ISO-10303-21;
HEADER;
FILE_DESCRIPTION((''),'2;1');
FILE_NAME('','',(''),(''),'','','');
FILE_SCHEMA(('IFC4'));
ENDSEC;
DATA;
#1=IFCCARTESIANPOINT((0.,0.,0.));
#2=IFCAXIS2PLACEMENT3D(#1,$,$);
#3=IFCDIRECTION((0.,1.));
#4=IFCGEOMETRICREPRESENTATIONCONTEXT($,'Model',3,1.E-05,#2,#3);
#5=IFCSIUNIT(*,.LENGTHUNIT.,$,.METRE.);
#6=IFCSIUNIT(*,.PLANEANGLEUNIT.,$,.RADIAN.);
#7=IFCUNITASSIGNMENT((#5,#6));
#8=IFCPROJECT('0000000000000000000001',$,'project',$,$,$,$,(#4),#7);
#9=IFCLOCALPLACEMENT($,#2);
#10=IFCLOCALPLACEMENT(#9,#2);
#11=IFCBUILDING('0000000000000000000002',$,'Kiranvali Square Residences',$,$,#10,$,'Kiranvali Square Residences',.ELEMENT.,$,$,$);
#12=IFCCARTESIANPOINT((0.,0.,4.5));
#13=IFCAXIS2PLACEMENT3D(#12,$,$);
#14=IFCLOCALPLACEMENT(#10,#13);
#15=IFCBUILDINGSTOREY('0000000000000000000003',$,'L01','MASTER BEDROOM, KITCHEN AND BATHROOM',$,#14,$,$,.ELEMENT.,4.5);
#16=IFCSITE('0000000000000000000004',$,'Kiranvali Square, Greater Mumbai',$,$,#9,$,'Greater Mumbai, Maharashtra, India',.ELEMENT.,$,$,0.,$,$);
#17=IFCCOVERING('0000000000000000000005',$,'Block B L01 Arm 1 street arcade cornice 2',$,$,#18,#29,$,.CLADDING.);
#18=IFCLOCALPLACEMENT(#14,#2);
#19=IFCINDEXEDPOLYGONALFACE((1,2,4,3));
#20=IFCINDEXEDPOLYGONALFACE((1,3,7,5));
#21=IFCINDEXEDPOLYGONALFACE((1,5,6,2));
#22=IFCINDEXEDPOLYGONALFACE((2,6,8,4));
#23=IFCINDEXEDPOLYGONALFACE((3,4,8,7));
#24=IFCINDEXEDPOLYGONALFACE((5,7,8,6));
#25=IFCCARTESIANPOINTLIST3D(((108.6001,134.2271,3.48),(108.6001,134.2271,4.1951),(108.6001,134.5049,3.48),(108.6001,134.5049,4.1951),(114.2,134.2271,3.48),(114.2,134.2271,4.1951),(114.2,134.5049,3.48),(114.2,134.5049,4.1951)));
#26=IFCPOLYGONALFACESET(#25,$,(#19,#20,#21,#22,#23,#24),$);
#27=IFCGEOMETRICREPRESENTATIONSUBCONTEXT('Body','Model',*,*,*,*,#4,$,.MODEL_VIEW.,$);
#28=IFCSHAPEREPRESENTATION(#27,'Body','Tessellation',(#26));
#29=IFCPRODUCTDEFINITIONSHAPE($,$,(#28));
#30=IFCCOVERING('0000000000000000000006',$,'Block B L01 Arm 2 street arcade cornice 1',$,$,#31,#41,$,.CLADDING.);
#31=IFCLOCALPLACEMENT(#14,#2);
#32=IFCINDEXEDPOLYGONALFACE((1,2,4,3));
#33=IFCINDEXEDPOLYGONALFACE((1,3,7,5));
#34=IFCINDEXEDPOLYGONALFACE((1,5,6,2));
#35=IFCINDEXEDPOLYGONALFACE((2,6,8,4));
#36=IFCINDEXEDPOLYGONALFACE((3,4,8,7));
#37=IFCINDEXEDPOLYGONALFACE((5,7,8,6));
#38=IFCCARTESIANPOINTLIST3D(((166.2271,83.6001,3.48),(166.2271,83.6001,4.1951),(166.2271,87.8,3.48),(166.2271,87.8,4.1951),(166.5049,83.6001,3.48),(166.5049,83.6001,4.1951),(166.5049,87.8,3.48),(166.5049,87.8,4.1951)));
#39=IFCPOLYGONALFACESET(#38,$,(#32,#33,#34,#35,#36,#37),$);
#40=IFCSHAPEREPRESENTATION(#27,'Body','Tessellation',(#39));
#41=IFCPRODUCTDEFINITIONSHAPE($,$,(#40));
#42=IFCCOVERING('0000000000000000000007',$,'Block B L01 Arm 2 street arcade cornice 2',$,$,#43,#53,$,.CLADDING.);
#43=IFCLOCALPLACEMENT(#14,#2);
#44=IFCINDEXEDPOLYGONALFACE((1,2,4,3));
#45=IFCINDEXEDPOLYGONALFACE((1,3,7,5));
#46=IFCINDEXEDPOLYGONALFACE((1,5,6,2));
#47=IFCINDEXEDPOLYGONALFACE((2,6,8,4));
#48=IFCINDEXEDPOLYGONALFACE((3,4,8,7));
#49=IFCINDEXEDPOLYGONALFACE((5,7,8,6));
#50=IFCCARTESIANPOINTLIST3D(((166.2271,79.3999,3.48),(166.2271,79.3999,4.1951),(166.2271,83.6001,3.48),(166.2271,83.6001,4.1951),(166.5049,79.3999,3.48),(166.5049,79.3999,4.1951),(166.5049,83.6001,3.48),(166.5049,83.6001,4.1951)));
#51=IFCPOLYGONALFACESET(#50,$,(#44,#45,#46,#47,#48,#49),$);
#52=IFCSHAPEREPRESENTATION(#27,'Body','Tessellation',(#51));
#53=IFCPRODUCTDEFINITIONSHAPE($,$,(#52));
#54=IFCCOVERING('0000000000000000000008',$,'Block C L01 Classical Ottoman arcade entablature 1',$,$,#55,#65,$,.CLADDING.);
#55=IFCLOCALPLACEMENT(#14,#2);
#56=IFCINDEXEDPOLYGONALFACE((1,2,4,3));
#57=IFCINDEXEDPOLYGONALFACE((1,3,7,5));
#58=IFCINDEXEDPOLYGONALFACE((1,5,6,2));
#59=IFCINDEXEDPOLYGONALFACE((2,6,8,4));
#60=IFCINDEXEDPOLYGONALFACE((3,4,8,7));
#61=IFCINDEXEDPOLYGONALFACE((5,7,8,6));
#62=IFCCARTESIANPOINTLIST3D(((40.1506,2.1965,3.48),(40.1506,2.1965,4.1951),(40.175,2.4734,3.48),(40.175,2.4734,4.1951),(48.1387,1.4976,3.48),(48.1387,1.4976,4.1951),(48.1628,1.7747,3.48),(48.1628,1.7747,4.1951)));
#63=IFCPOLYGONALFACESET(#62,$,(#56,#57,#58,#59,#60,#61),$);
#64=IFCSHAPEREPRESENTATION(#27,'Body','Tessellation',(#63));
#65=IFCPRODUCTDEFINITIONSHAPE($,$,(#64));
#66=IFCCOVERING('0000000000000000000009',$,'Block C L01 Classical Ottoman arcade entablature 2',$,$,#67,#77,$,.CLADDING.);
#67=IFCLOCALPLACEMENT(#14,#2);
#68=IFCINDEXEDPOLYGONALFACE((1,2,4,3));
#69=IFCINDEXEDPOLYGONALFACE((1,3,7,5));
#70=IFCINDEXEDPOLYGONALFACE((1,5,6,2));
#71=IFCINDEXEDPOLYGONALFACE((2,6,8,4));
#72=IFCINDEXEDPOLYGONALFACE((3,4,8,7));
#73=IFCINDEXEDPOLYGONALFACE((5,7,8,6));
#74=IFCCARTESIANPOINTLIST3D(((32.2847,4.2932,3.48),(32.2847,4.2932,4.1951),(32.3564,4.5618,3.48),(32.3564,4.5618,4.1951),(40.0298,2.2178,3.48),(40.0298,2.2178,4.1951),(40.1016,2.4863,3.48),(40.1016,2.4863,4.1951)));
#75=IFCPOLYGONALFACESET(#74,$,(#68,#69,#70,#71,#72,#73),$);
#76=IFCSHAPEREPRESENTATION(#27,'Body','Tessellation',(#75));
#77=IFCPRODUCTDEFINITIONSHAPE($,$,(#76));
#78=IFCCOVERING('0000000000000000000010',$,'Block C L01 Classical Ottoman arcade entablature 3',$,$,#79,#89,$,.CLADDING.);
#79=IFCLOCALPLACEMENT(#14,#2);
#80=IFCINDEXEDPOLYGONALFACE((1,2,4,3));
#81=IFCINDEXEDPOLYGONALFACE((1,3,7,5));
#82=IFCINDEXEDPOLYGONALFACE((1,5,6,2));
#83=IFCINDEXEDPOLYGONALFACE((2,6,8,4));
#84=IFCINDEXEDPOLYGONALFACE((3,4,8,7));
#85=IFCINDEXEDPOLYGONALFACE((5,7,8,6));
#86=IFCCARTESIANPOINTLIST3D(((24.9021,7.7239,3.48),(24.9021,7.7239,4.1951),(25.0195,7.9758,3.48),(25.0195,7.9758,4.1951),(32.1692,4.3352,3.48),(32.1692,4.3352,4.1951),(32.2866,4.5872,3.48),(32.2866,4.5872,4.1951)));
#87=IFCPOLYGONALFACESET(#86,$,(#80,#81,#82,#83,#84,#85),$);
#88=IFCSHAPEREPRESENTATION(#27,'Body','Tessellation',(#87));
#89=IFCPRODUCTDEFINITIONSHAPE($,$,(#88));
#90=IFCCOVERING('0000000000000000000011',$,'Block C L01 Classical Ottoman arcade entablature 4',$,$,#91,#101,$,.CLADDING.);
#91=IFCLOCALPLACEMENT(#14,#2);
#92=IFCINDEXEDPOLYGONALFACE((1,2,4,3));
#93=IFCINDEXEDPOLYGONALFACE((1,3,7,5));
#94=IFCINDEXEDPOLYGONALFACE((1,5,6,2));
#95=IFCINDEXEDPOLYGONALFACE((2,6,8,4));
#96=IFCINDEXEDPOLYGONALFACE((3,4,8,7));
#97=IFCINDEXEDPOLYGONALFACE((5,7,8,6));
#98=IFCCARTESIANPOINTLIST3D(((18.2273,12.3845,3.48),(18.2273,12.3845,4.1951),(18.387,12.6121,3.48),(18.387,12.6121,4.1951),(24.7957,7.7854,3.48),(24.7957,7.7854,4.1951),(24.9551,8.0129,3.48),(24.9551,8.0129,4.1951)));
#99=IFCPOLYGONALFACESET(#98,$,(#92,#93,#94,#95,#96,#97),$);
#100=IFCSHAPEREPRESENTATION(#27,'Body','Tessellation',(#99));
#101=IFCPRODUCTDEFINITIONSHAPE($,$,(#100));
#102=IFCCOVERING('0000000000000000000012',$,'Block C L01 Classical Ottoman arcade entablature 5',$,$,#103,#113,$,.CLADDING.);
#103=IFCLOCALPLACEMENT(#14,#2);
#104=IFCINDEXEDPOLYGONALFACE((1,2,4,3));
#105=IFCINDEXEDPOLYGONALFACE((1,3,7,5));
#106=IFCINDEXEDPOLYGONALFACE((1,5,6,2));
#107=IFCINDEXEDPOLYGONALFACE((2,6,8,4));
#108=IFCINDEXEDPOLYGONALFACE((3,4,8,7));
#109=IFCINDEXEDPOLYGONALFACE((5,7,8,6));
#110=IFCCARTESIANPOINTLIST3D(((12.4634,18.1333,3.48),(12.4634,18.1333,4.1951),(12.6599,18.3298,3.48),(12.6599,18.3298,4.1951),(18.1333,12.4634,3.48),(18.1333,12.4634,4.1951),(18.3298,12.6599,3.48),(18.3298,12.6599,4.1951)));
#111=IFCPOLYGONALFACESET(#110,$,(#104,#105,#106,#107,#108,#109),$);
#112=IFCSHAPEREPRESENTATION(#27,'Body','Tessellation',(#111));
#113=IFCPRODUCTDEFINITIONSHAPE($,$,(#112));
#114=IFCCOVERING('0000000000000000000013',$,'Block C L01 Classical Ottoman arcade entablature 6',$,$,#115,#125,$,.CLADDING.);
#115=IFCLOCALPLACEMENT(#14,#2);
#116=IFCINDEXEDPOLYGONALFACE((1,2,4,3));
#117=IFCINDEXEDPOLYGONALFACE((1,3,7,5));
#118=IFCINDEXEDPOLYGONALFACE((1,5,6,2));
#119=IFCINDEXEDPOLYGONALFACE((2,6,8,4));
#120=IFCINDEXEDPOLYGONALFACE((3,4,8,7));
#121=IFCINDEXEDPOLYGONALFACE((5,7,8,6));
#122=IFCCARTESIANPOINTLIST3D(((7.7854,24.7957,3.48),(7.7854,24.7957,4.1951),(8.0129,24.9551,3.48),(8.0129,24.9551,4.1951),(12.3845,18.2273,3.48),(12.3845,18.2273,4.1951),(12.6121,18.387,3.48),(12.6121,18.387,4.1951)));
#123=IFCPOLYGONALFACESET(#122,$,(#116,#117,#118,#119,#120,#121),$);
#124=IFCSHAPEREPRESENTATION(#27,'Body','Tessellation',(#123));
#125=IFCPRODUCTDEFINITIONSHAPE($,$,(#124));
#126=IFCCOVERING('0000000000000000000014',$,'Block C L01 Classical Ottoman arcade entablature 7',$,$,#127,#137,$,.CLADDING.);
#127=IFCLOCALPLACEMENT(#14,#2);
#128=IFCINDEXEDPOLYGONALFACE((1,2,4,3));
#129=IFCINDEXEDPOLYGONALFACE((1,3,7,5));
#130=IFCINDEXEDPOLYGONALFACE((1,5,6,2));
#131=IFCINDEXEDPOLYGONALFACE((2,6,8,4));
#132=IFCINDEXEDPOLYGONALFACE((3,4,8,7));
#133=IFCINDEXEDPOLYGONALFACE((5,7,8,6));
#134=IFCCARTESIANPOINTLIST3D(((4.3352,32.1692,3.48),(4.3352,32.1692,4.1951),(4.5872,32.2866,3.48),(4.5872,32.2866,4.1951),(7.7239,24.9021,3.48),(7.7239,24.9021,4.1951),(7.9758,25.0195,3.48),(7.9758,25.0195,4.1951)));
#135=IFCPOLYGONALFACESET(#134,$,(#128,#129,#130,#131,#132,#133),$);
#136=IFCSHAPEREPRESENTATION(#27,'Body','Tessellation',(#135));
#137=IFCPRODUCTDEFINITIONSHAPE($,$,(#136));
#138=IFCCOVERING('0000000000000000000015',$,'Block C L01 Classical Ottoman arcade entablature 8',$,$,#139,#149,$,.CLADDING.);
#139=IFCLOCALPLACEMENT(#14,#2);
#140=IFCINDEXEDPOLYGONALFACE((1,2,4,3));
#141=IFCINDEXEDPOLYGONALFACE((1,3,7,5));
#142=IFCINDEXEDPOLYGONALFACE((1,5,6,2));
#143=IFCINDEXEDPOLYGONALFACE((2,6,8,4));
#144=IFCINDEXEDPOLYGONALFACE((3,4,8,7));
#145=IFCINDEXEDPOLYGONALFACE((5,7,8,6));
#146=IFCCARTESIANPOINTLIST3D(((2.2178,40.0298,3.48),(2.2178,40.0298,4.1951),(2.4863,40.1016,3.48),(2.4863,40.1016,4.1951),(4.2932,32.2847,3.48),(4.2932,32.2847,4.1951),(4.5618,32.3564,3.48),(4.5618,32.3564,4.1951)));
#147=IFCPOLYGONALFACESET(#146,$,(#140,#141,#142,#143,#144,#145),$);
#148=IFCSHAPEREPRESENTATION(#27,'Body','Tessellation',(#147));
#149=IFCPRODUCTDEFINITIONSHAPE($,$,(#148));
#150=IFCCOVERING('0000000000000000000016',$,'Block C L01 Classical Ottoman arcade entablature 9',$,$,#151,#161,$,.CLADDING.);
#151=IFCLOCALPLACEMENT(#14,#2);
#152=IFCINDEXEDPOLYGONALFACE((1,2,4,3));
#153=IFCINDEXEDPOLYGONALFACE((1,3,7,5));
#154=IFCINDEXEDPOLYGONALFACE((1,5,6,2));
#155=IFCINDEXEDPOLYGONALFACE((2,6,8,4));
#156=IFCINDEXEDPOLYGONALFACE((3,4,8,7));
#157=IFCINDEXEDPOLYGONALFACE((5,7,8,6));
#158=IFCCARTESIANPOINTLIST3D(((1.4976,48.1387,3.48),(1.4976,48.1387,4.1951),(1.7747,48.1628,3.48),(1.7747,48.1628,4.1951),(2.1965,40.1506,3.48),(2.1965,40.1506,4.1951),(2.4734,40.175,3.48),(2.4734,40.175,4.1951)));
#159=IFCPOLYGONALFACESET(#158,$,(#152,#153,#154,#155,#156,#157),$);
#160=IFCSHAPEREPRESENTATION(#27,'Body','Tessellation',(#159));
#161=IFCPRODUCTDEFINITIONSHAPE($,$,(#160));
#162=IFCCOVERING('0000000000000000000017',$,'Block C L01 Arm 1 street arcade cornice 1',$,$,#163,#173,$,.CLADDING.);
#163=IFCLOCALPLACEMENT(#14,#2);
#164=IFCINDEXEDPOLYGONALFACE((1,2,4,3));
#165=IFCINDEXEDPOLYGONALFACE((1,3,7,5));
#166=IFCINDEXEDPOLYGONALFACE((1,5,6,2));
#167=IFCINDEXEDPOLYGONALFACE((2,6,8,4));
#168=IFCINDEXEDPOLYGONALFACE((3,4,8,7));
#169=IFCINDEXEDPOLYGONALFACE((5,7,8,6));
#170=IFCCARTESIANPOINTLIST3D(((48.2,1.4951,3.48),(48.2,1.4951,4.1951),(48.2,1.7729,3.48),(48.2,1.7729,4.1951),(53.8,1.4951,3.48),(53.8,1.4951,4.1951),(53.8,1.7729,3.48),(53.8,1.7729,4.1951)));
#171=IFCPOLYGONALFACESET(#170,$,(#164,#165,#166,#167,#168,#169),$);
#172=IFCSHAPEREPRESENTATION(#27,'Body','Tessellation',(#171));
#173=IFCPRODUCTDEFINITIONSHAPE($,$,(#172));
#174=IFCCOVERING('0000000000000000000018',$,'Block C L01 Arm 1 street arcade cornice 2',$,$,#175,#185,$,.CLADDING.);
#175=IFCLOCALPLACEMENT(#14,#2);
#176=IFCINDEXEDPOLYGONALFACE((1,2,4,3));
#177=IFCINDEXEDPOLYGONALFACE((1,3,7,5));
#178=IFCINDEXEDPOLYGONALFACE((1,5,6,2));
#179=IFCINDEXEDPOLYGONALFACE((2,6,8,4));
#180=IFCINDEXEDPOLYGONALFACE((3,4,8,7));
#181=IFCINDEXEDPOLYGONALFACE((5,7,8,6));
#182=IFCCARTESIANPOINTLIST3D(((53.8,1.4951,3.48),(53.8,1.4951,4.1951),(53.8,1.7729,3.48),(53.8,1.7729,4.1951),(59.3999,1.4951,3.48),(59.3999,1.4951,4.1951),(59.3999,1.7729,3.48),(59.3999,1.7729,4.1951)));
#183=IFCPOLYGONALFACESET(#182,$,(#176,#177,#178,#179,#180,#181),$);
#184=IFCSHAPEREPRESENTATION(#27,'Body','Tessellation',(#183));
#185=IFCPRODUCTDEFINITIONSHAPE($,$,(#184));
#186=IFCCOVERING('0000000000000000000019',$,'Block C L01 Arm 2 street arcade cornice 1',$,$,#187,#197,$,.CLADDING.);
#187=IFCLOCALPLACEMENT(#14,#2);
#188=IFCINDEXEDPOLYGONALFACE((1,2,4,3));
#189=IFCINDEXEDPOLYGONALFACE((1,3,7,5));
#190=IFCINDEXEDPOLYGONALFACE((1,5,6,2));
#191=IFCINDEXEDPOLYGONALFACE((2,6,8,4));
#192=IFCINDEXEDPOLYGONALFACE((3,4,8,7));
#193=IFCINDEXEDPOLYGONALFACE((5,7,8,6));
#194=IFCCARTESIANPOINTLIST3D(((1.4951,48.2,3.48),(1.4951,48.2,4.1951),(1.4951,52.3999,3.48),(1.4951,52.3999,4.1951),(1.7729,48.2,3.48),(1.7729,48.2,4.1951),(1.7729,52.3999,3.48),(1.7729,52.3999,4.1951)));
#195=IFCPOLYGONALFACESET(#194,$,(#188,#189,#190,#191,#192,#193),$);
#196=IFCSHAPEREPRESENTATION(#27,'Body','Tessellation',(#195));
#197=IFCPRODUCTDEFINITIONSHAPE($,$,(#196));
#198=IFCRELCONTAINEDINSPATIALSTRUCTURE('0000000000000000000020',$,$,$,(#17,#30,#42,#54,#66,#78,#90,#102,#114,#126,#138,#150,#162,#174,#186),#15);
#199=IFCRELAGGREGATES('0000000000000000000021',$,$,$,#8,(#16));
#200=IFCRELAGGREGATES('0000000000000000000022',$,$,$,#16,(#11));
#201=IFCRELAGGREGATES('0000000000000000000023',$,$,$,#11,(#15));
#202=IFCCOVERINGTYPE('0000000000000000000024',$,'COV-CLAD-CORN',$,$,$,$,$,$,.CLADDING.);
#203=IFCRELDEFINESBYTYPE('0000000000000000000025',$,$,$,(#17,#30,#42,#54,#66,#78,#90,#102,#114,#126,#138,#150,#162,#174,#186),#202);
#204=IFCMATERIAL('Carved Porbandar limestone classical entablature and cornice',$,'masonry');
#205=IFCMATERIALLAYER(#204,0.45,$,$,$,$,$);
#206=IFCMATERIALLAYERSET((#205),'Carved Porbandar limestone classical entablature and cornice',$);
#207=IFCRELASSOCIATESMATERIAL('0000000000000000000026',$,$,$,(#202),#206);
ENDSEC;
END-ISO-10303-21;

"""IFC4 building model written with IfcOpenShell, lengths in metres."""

from ifc_helpers import new_model, si_unit, direction, frame, origin, place, context, subcontext, project, spatial, polyline, outline, extrude, material, layer, layer_set, type_object, element, save


model = new_model("IFC4")

# Units and contexts
model_context = context("Model", 3, precision=1e-05, world=origin(), true_north=direction((0.0, 1.0)))
body_context = subcontext(model_context, "Body", "Model", "MODEL_VIEW")
ifc_project = project(units=[si_unit("LENGTHUNIT", "METRE"), si_unit("PLANEANGLEUNIT", "RADIAN")], contexts=[model_context])

# Site, building, storey
site_placement = place(None, origin())
site = spatial("IfcSite", under=ifc_project, at=site_placement, Name="Kiranvali Square, Greater Mumbai", LongName="Greater Mumbai, Maharashtra, India", CompositionType="ELEMENT", RefElevation=0.0)
building_placement = place(site_placement, origin())
building = spatial("IfcBuilding", under=site, at=building_placement, Name="Kiranvali Square Residences", LongName="Kiranvali Square Residences", CompositionType="ELEMENT")
storey_placement = place(building_placement, frame((0.0, 0.0, 4.5)))
storey = spatial("IfcBuildingStorey", under=building, at=storey_placement, Name="L01", Description="MASTER BEDROOM, KITCHEN AND BATHROOM", CompositionType="ELEMENT", Elevation=4.5)

# Coverings
ifc_material = material(Name="Carved Porbandar limestone classical entablature and cornice", Category="masonry")
ifc_layer = layer(ifc_material, 0.45)
ifc_layer_set = layer_set([ifc_layer], Name="Carved Porbandar limestone classical entablature and cornice")
covering_type = type_object("IfcCoveringType", Name="COV-CLAD-CORN", PredefinedType="CLADDING", material=ifc_layer_set)
covering_1_placement = place(storey_placement, frame((0.0, 0.0, 3.48)))
element("IfcCovering", 1, at=covering_1_placement, inside=storey, type_object=covering_type, Name="Block B L01 Arm 1 street arcade cornice 2", PredefinedType="CLADDING", context=body_context, shape_type="SweptSolid", body=[
    extrude(outline(polyline([(114.2, 134.5049), (108.6001, 134.5049), (108.6001, 134.2271), (114.2, 134.2271), (114.2, 134.5049)])), origin(), (0.0, 0.0, 1.0), 0.7151),
])
covering_2_placement = place(storey_placement, frame((0.0, 0.0, 3.48)))
element("IfcCovering", 2, at=covering_2_placement, inside=storey, type_object=covering_type, Name="Block B L01 Arm 2 street arcade cornice 1", PredefinedType="CLADDING", context=body_context, shape_type="SweptSolid", body=[
    extrude(outline(polyline([(166.2271, 87.8), (166.2271, 83.6001), (166.5049, 83.6001), (166.5049, 87.8), (166.2271, 87.8)])), origin(), (0.0, 0.0, 1.0), 0.7151),
])
covering_3_placement = place(storey_placement, frame((0.0, 0.0, 3.48)))
element("IfcCovering", 3, at=covering_3_placement, inside=storey, type_object=covering_type, Name="Block B L01 Arm 2 street arcade cornice 2", PredefinedType="CLADDING", context=body_context, shape_type="SweptSolid", body=[
    extrude(outline(polyline([(166.2271, 83.6001), (166.2271, 79.3999), (166.5049, 79.3999), (166.5049, 83.6001), (166.2271, 83.6001)])), origin(), (0.0, 0.0, 1.0), 0.7151),
])
covering_4_placement = place(storey_placement, frame((0.0, 0.0, 3.48)))
element("IfcCovering", 4, at=covering_4_placement, inside=storey, type_object=covering_type, Name="Block C L01 Classical Ottoman arcade entablature 1", PredefinedType="CLADDING", context=body_context, shape_type="SweptSolid", body=[
    extrude(outline(polyline([(48.1628, 1.7747), (40.175, 2.4734), (40.1506, 2.1965), (48.1387, 1.4976), (48.1628, 1.7747)])), origin(), (0.0, 0.0, 1.0), 0.7151),
])
covering_5_placement = place(storey_placement, frame((0.0, 0.0, 3.48)))
element("IfcCovering", 5, at=covering_5_placement, inside=storey, type_object=covering_type, Name="Block C L01 Classical Ottoman arcade entablature 2", PredefinedType="CLADDING", context=body_context, shape_type="SweptSolid", body=[
    extrude(outline(polyline([(40.1016, 2.4863), (32.3564, 4.5618), (32.2847, 4.2932), (40.0298, 2.2178), (40.1016, 2.4863)])), origin(), (0.0, 0.0, 1.0), 0.7151),
])
covering_6_placement = place(storey_placement, frame((0.0, 0.0, 3.48)))
element("IfcCovering", 6, at=covering_6_placement, inside=storey, type_object=covering_type, Name="Block C L01 Classical Ottoman arcade entablature 3", PredefinedType="CLADDING", context=body_context, shape_type="SweptSolid", body=[
    extrude(outline(polyline([(32.2866, 4.5872), (25.0195, 7.9758), (24.9021, 7.7239), (32.1692, 4.3352), (32.2866, 4.5872)])), origin(), (0.0, 0.0, 1.0), 0.7151),
])
covering_7_placement = place(storey_placement, frame((0.0, 0.0, 3.48)))
element("IfcCovering", 7, at=covering_7_placement, inside=storey, type_object=covering_type, Name="Block C L01 Classical Ottoman arcade entablature 4", PredefinedType="CLADDING", context=body_context, shape_type="SweptSolid", body=[
    extrude(outline(polyline([(24.9551, 8.0129), (18.387, 12.6121), (18.2273, 12.3845), (24.7957, 7.7854), (24.9551, 8.0129)])), origin(), (0.0, 0.0, 1.0), 0.7151),
])
covering_8_placement = place(storey_placement, frame((0.0, 0.0, 3.48)))
element("IfcCovering", 8, at=covering_8_placement, inside=storey, type_object=covering_type, Name="Block C L01 Classical Ottoman arcade entablature 5", PredefinedType="CLADDING", context=body_context, shape_type="SweptSolid", body=[
    extrude(outline(polyline([(18.3298, 12.6599), (12.6599, 18.3298), (12.4634, 18.1333), (18.1333, 12.4634), (18.3298, 12.6599)])), origin(), (0.0, 0.0, 1.0), 0.7151),
])
covering_9_placement = place(storey_placement, frame((0.0, 0.0, 3.48)))
element("IfcCovering", 9, at=covering_9_placement, inside=storey, type_object=covering_type, Name="Block C L01 Classical Ottoman arcade entablature 6", PredefinedType="CLADDING", context=body_context, shape_type="SweptSolid", body=[
    extrude(outline(polyline([(12.6121, 18.387), (8.0129, 24.9551), (7.7854, 24.7957), (12.3845, 18.2273), (12.6121, 18.387)])), origin(), (0.0, 0.0, 1.0), 0.7151),
])
covering_10_placement = place(storey_placement, frame((0.0, 0.0, 3.48)))
element("IfcCovering", 10, at=covering_10_placement, inside=storey, type_object=covering_type, Name="Block C L01 Classical Ottoman arcade entablature 7", PredefinedType="CLADDING", context=body_context, shape_type="SweptSolid", body=[
    extrude(outline(polyline([(7.9758, 25.0195), (4.5872, 32.2866), (4.3352, 32.1692), (7.7239, 24.9021), (7.9758, 25.0195)])), origin(), (0.0, 0.0, 1.0), 0.7151),
])
covering_11_placement = place(storey_placement, frame((0.0, 0.0, 3.48)))
element("IfcCovering", 11, at=covering_11_placement, inside=storey, type_object=covering_type, Name="Block C L01 Classical Ottoman arcade entablature 8", PredefinedType="CLADDING", context=body_context, shape_type="SweptSolid", body=[
    extrude(outline(polyline([(4.5618, 32.3564), (2.4863, 40.1016), (2.2178, 40.0298), (4.2932, 32.2847), (4.5618, 32.3564)])), origin(), (0.0, 0.0, 1.0), 0.7151),
])
covering_12_placement = place(storey_placement, frame((0.0, 0.0, 3.48)))
element("IfcCovering", 12, at=covering_12_placement, inside=storey, type_object=covering_type, Name="Block C L01 Classical Ottoman arcade entablature 9", PredefinedType="CLADDING", context=body_context, shape_type="SweptSolid", body=[
    extrude(outline(polyline([(2.4734, 40.175), (1.7747, 48.1628), (1.4976, 48.1387), (2.1965, 40.1506), (2.4734, 40.175)])), origin(), (0.0, 0.0, 1.0), 0.7151),
])
covering_13_placement = place(storey_placement, frame((0.0, 0.0, 3.48)))
element("IfcCovering", 13, at=covering_13_placement, inside=storey, type_object=covering_type, Name="Block C L01 Arm 1 street arcade cornice 1", PredefinedType="CLADDING", context=body_context, shape_type="SweptSolid", body=[
    extrude(outline(polyline([(48.2, 1.4951), (53.8, 1.4951), (53.8, 1.7729), (48.2, 1.7729), (48.2, 1.4951)])), origin(), (0.0, 0.0, 1.0), 0.7151),
])
covering_14_placement = place(storey_placement, frame((0.0, 0.0, 3.48)))
element("IfcCovering", 14, at=covering_14_placement, inside=storey, type_object=covering_type, Name="Block C L01 Arm 1 street arcade cornice 2", PredefinedType="CLADDING", context=body_context, shape_type="SweptSolid", body=[
    extrude(outline(polyline([(53.8, 1.4951), (59.3999, 1.4951), (59.3999, 1.7729), (53.8, 1.7729), (53.8, 1.4951)])), origin(), (0.0, 0.0, 1.0), 0.7151),
])
covering_15_placement = place(storey_placement, frame((0.0, 0.0, 3.48)))
element("IfcCovering", 15, at=covering_15_placement, inside=storey, type_object=covering_type, Name="Block C L01 Arm 2 street arcade cornice 1", PredefinedType="CLADDING", context=body_context, shape_type="SweptSolid", body=[
    extrude(outline(polyline([(1.7729, 48.2), (1.7729, 52.3999), (1.4951, 52.3999), (1.4951, 48.2), (1.7729, 48.2)])), origin(), (0.0, 0.0, 1.0), 0.7151),
])

save(model, "model.ifc")
